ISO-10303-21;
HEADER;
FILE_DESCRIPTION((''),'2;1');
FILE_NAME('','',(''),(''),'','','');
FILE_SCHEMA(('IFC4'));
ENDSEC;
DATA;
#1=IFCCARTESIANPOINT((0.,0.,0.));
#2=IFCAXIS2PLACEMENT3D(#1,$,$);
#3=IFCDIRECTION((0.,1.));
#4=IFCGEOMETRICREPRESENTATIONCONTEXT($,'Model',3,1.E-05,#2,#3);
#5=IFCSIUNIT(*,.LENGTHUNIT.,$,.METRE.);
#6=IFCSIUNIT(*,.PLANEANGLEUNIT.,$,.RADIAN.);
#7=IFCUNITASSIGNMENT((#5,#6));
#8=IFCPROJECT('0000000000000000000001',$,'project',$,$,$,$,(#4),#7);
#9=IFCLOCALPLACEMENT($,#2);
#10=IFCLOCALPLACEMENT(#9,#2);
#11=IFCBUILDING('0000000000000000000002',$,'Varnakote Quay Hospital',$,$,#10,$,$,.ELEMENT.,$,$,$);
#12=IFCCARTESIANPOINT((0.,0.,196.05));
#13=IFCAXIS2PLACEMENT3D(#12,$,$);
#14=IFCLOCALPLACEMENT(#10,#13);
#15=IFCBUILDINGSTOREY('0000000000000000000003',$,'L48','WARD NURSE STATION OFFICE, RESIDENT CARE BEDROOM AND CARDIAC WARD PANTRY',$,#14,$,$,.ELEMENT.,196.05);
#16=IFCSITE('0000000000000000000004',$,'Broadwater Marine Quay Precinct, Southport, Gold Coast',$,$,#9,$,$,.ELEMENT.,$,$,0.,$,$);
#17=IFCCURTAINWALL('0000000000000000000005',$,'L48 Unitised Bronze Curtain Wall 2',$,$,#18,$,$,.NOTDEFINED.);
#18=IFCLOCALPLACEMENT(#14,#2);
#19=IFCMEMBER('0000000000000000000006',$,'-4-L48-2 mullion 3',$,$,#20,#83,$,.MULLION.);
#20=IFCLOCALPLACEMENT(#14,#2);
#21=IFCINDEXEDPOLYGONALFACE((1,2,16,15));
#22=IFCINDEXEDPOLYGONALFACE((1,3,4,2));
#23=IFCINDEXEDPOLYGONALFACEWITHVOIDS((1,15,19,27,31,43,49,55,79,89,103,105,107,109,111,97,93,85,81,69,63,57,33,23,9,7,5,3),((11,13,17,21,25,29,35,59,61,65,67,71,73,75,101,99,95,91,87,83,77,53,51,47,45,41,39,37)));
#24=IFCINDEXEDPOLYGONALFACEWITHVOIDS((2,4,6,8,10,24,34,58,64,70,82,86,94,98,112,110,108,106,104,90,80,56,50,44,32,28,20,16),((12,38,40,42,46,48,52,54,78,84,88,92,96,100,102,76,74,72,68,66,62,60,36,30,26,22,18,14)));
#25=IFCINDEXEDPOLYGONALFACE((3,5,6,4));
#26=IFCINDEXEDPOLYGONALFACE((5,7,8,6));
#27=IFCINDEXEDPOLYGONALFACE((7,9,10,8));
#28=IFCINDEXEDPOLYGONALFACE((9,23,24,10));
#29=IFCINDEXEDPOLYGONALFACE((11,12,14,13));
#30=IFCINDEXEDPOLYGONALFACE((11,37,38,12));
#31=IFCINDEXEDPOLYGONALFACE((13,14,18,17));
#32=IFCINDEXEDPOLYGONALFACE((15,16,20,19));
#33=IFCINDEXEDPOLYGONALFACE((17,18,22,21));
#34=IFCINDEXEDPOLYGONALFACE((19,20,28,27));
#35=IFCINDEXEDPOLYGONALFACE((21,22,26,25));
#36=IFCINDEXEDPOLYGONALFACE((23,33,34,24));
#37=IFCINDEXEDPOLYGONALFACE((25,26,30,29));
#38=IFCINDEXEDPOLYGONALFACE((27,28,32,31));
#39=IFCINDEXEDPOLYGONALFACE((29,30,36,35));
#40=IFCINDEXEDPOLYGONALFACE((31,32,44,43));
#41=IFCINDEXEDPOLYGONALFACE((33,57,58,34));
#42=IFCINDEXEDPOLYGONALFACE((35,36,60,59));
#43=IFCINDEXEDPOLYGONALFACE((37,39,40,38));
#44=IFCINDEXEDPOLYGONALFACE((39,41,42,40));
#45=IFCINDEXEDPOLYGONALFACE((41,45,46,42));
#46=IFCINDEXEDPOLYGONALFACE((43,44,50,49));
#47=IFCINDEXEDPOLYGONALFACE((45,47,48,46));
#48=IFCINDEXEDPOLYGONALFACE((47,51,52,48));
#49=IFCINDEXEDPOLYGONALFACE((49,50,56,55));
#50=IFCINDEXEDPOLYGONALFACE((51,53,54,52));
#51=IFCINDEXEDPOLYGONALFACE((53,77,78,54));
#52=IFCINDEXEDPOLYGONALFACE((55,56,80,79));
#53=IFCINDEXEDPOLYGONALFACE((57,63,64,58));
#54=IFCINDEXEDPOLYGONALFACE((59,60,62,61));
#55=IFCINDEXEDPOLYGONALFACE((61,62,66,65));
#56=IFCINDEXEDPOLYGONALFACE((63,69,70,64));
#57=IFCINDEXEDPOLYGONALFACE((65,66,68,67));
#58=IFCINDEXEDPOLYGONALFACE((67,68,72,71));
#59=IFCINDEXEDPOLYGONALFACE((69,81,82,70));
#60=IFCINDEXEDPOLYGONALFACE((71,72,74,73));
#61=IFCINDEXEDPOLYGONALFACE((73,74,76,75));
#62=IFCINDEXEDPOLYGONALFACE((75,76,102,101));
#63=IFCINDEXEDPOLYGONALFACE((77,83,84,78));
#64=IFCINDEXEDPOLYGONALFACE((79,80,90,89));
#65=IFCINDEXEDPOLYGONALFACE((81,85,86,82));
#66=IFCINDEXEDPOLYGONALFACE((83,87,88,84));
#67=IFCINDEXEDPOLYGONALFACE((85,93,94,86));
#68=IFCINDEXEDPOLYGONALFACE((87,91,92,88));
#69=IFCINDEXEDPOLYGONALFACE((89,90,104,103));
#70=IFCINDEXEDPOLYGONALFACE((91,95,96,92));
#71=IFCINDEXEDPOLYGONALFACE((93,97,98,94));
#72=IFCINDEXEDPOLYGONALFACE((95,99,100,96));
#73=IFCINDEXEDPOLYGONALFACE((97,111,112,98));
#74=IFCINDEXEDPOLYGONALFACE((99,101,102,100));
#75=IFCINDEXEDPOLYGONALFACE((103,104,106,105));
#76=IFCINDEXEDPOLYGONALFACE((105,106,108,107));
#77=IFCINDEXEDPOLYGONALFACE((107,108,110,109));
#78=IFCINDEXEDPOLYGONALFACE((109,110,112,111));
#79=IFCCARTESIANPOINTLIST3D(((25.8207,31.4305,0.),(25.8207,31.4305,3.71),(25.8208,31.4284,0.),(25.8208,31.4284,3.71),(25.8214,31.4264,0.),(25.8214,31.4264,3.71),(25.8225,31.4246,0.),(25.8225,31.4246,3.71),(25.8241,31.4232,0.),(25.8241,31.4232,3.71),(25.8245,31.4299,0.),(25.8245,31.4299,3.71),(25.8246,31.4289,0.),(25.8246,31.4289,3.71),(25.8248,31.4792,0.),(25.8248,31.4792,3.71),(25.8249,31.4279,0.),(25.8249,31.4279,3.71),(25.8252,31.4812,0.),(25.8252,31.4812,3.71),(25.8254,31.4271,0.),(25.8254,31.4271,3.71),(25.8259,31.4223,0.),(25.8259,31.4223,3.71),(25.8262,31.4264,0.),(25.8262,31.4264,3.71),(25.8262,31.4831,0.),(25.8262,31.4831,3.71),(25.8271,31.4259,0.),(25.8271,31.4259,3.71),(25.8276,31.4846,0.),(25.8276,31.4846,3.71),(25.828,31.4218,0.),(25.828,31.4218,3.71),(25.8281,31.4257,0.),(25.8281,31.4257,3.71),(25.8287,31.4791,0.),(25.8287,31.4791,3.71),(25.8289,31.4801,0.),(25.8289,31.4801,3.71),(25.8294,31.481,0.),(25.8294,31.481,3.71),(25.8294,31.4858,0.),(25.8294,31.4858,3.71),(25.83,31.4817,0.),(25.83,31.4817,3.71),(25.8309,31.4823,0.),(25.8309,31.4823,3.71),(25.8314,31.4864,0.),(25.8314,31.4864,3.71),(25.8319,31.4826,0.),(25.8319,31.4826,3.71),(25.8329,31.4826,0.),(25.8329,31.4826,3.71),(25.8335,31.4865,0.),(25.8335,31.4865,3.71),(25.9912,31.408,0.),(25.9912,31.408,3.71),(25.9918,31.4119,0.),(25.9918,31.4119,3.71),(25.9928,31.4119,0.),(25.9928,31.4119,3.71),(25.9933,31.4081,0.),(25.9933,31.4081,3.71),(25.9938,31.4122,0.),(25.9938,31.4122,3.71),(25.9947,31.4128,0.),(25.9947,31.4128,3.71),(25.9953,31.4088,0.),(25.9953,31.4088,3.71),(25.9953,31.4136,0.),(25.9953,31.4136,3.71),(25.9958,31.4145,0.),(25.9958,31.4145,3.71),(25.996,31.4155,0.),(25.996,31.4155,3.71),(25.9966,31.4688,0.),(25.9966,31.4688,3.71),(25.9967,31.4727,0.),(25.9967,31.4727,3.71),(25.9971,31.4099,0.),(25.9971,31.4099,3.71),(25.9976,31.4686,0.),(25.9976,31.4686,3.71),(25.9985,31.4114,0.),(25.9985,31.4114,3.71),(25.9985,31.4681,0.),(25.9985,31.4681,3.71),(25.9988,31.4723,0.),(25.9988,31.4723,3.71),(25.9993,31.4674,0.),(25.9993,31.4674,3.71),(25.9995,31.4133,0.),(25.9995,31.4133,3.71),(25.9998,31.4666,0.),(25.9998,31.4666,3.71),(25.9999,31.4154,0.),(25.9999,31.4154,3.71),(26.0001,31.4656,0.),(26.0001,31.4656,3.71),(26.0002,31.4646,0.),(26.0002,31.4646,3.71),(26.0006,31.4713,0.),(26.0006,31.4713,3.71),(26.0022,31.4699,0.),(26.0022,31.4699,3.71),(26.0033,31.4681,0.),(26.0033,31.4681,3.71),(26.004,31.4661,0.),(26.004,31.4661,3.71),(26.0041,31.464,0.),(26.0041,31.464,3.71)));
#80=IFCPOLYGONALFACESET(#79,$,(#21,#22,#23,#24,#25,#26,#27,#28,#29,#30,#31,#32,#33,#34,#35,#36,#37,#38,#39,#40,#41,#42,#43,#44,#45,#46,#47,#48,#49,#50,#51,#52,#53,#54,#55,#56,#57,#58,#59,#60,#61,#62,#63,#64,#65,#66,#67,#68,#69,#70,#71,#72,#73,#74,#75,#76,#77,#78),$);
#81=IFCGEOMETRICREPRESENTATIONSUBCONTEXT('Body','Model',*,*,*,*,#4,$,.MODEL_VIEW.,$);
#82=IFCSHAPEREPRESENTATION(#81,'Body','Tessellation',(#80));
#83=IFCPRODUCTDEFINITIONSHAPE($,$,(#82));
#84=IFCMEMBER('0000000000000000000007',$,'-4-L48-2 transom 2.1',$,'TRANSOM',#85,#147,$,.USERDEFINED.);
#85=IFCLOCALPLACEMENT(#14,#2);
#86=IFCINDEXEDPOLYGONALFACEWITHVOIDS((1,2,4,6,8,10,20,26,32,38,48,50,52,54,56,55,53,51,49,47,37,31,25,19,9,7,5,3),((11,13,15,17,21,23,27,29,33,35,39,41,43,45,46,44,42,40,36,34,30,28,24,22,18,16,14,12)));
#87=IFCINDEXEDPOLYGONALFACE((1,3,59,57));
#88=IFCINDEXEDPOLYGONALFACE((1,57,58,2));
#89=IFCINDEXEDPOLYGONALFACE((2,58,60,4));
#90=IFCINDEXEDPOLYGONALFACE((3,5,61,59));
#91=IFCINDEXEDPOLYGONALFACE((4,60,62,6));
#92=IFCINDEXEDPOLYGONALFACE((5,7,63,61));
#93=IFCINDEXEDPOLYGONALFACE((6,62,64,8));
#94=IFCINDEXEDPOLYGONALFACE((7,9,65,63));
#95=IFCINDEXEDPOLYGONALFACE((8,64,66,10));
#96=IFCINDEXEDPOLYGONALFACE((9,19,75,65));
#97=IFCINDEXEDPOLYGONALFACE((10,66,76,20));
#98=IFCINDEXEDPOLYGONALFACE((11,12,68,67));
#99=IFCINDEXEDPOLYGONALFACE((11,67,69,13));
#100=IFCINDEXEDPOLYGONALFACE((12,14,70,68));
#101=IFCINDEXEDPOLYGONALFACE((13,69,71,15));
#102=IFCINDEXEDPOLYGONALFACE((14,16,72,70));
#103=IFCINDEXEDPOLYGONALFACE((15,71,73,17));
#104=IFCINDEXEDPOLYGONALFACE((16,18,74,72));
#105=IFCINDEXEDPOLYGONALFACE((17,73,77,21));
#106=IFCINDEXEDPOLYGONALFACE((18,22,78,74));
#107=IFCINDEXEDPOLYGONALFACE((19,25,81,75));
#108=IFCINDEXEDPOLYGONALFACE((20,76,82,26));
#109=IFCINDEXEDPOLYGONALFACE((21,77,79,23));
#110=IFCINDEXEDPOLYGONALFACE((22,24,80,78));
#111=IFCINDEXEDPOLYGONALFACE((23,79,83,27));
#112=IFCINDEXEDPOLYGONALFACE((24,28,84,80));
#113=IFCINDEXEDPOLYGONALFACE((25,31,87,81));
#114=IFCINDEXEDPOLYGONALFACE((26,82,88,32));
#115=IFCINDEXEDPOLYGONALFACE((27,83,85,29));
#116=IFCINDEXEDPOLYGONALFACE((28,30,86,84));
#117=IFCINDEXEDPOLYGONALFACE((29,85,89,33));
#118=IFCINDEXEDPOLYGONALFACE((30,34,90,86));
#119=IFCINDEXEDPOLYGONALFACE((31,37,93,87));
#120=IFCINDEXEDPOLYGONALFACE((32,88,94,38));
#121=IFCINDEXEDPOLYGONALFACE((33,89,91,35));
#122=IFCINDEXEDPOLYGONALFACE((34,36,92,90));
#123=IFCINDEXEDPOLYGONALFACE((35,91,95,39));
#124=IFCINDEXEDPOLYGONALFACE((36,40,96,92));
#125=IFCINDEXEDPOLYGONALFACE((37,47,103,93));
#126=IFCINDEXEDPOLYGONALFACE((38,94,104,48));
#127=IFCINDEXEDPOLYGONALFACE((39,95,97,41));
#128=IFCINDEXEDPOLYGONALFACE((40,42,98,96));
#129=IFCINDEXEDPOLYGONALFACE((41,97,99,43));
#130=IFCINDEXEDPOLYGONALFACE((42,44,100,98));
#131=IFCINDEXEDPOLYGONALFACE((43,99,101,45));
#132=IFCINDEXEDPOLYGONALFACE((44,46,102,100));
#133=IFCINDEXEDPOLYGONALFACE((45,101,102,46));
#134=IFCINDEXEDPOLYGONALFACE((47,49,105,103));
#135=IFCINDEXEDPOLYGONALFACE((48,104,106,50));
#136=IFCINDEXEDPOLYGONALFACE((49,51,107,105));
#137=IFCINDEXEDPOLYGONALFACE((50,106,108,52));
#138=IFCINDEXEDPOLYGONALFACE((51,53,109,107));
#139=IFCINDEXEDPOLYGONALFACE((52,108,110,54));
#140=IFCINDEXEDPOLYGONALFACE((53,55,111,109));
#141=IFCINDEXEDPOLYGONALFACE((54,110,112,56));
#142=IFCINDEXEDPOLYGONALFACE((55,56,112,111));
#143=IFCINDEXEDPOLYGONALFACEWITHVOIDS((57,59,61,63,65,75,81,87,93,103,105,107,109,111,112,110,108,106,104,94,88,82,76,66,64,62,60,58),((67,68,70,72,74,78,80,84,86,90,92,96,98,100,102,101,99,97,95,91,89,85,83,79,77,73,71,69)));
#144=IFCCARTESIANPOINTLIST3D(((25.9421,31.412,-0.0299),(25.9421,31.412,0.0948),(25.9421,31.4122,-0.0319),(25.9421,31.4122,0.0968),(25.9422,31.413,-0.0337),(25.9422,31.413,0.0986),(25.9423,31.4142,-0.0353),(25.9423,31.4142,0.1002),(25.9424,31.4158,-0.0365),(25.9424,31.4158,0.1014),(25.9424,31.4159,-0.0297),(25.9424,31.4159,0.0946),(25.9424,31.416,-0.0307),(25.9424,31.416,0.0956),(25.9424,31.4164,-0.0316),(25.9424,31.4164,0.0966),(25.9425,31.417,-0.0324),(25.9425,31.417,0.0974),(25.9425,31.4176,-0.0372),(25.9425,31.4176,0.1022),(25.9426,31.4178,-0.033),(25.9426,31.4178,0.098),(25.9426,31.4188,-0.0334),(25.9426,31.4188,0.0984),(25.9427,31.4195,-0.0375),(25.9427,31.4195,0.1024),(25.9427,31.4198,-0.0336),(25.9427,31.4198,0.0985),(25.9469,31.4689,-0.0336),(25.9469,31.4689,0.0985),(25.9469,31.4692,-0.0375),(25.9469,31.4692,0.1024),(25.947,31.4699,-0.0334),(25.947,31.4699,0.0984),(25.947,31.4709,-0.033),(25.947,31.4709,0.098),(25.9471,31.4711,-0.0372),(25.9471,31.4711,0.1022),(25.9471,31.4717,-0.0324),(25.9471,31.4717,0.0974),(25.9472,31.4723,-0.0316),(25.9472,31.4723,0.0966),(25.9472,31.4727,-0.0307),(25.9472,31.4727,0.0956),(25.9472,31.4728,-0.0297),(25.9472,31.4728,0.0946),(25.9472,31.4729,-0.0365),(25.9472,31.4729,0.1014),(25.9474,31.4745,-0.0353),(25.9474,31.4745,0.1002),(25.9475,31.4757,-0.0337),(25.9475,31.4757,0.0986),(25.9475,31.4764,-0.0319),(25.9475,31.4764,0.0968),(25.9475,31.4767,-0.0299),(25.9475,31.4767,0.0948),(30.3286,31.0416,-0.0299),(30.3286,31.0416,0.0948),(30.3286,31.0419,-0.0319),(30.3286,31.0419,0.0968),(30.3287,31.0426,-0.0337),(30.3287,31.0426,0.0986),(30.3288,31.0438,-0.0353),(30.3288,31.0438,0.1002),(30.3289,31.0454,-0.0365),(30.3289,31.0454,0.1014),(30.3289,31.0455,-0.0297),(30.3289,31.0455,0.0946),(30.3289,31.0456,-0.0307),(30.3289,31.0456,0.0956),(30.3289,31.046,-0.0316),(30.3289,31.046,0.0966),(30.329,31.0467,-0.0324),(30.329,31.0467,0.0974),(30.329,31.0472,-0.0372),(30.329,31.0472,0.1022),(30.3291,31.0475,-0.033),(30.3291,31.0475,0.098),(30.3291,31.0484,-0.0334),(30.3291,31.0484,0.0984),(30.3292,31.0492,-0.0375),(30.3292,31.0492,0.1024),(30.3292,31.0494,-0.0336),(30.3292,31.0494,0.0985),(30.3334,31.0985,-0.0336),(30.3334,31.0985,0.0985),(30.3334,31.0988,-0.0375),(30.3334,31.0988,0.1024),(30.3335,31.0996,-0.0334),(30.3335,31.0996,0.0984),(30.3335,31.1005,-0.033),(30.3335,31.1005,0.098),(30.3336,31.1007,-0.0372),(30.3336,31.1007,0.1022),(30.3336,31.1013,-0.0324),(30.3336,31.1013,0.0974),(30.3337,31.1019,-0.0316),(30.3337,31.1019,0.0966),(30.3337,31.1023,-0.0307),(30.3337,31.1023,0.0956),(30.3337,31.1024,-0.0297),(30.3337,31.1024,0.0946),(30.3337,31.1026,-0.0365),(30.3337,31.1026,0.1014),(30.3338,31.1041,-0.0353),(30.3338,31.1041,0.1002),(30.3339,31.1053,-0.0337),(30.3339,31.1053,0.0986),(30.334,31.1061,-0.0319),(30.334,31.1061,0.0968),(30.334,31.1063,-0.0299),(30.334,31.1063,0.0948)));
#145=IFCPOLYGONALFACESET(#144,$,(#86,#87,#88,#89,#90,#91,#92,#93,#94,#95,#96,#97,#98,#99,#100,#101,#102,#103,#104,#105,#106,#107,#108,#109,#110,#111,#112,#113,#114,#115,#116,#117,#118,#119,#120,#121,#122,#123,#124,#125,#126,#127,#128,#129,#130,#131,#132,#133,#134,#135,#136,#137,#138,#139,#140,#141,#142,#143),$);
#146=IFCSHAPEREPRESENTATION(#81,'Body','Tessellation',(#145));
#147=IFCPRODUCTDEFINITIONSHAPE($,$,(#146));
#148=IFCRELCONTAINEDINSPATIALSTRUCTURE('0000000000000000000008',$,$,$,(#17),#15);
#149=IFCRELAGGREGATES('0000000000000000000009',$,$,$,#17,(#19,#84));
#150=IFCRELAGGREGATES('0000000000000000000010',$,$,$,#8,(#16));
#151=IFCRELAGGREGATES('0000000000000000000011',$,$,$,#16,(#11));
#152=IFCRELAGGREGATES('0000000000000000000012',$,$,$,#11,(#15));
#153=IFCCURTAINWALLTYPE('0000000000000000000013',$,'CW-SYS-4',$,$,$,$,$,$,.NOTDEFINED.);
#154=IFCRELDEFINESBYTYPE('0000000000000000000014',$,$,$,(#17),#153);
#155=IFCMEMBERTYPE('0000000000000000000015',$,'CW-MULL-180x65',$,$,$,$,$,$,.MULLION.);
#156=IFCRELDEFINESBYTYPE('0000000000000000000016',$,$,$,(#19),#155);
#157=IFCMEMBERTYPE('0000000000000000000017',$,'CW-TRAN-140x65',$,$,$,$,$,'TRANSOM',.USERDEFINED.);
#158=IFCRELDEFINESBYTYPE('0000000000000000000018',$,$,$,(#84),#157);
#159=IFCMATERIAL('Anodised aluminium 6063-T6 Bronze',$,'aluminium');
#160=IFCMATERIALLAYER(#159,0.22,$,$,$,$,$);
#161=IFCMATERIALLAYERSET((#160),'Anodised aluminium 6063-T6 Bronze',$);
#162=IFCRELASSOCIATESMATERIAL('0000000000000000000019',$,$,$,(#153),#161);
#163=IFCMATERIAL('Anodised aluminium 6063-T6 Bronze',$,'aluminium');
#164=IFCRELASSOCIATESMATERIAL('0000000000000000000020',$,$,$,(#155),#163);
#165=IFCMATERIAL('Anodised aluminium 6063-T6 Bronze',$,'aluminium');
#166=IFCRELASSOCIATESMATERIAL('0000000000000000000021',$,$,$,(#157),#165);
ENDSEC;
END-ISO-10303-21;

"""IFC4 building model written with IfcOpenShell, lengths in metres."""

from ifc_helpers import new_model, si_unit, direction, frame, origin, origin_2d, place, context, subcontext, project, spatial, hollow_rectangle, extrude, material, layer, layer_set, material_profile, profile_set, type_object, element, aggregate, save


model = new_model("IFC4")

# Units and contexts
model_context = context("Model", 3, precision=1e-05, world=origin(), true_north=direction((0.0, 1.0)))
body_context = subcontext(model_context, "Body", "Model", "MODEL_VIEW")
ifc_project = project(units=[si_unit("LENGTHUNIT", "METRE"), si_unit("PLANEANGLEUNIT", "RADIAN")], contexts=[model_context])

# Site, building, storey
site_placement = place(None, origin())
site = spatial("IfcSite", under=ifc_project, at=site_placement, Name="Broadwater Marine Quay Precinct, Southport, Gold Coast", CompositionType="ELEMENT", RefElevation=0.0)
building_placement = place(site_placement, origin())
building = spatial("IfcBuilding", under=site, at=building_placement, Name="Varnakote Quay Hospital", CompositionType="ELEMENT")
storey_placement = place(building_placement, frame((0.0, 0.0, 196.05)))
storey = spatial("IfcBuildingStorey", under=building, at=storey_placement, Name="L48", Description="WARD NURSE STATION OFFICE, RESIDENT CARE BEDROOM AND CARDIAC WARD PANTRY", CompositionType="ELEMENT", Elevation=196.05)

# Curtain wall, members
ifc_material_1 = material(Name="Anodised aluminium 6063-T6 Bronze", Category="aluminium")
ifc_layer_1 = layer(ifc_material_1, 0.22)
ifc_layer_set_1 = layer_set([ifc_layer_1], Name="Anodised aluminium 6063-T6 Bronze")
curtain_wall_type = type_object("IfcCurtainWallType", Name="CW-SYS-4", PredefinedType="NOTDEFINED", material=ifc_layer_set_1)
curtain_wall_placement = place(storey_placement, origin())
curtain_wall = element("IfcCurtainWall", 1, at=curtain_wall_placement, inside=storey, type_object=curtain_wall_type, Name="L48 Unitised Bronze Curtain Wall 2", PredefinedType="NOTDEFINED")
ifc_material_2 = material(Name="Anodised aluminium 6063-T6 Bronze", Category="aluminium")
ifc_material_profile_1 = material_profile(ifc_material_2, hollow_rectangle(XDim=0.0649, YDim=0.1799, WallThickness=0.0039, InnerFilletRadius=0.0039, OuterFilletRadius=0.0081, at=origin_2d()), Name="CW-MULL-180x65")
ifc_profile_set_1 = profile_set([ifc_material_profile_1], Name="Anodised aluminium 6063-T6 Bronze")
member_type_1 = type_object("IfcMemberType", Name="CW-MULL-180x65", PredefinedType="MULLION", material=ifc_profile_set_1)
member_1_placement = place(storey_placement, frame((25.9124, 31.4473, 0.0), z_axis=(0.0, 0.0, 1.0), x_axis=(-0.084136, -0.996454, 0.0)))
member_1 = element("IfcMember", 2, at=member_1_placement, type_object=member_type_1, Name="-4-L48-2 mullion 3", PredefinedType="MULLION", context=body_context, shape_type="SweptSolid", body=[
    extrude(hollow_rectangle(XDim=0.0649, YDim=0.1799, WallThickness=0.0039, InnerFilletRadius=0.0039, OuterFilletRadius=0.0081, at=origin_2d()), origin(), (0.0, 0.0, 1.0), 3.71),
])
ifc_material_3 = material(Name="Anodised aluminium 6063-T6 Bronze", Category="aluminium")
ifc_material_profile_2 = material_profile(ifc_material_3, hollow_rectangle(XDim=0.0649, YDim=0.1399, WallThickness=0.0039, InnerFilletRadius=0.0039, OuterFilletRadius=0.0076, at=origin_2d()), Name="CW-TRAN-140x65")
ifc_profile_set_2 = profile_set([ifc_material_profile_2], Name="Anodised aluminium 6063-T6 Bronze")
member_type_2 = type_object("IfcMemberType", Name="CW-TRAN-140x65", ElementType="TRANSOM", PredefinedType="USERDEFINED", material=ifc_profile_set_2)
member_2_placement = place(storey_placement, frame((30.3313, 31.074, 0.0325), z_axis=(-0.996455, 0.084133, 0.0), x_axis=(-0.084133, -0.996455, 0.0)))
member_2 = element("IfcMember", 3, at=member_2_placement, type_object=member_type_2, Name="-4-L48-2 transom 2.1", ObjectType="TRANSOM", PredefinedType="USERDEFINED", context=body_context, shape_type="SweptSolid", body=[
    extrude(hollow_rectangle(XDim=0.0649, YDim=0.1399, WallThickness=0.0039, InnerFilletRadius=0.0039, OuterFilletRadius=0.0076, at=origin_2d()), origin(), (0.0, 0.0, 1.0), 4.4021),
])

aggregate(curtain_wall, [member_1, member_2])

save(model, "model.ifc")
